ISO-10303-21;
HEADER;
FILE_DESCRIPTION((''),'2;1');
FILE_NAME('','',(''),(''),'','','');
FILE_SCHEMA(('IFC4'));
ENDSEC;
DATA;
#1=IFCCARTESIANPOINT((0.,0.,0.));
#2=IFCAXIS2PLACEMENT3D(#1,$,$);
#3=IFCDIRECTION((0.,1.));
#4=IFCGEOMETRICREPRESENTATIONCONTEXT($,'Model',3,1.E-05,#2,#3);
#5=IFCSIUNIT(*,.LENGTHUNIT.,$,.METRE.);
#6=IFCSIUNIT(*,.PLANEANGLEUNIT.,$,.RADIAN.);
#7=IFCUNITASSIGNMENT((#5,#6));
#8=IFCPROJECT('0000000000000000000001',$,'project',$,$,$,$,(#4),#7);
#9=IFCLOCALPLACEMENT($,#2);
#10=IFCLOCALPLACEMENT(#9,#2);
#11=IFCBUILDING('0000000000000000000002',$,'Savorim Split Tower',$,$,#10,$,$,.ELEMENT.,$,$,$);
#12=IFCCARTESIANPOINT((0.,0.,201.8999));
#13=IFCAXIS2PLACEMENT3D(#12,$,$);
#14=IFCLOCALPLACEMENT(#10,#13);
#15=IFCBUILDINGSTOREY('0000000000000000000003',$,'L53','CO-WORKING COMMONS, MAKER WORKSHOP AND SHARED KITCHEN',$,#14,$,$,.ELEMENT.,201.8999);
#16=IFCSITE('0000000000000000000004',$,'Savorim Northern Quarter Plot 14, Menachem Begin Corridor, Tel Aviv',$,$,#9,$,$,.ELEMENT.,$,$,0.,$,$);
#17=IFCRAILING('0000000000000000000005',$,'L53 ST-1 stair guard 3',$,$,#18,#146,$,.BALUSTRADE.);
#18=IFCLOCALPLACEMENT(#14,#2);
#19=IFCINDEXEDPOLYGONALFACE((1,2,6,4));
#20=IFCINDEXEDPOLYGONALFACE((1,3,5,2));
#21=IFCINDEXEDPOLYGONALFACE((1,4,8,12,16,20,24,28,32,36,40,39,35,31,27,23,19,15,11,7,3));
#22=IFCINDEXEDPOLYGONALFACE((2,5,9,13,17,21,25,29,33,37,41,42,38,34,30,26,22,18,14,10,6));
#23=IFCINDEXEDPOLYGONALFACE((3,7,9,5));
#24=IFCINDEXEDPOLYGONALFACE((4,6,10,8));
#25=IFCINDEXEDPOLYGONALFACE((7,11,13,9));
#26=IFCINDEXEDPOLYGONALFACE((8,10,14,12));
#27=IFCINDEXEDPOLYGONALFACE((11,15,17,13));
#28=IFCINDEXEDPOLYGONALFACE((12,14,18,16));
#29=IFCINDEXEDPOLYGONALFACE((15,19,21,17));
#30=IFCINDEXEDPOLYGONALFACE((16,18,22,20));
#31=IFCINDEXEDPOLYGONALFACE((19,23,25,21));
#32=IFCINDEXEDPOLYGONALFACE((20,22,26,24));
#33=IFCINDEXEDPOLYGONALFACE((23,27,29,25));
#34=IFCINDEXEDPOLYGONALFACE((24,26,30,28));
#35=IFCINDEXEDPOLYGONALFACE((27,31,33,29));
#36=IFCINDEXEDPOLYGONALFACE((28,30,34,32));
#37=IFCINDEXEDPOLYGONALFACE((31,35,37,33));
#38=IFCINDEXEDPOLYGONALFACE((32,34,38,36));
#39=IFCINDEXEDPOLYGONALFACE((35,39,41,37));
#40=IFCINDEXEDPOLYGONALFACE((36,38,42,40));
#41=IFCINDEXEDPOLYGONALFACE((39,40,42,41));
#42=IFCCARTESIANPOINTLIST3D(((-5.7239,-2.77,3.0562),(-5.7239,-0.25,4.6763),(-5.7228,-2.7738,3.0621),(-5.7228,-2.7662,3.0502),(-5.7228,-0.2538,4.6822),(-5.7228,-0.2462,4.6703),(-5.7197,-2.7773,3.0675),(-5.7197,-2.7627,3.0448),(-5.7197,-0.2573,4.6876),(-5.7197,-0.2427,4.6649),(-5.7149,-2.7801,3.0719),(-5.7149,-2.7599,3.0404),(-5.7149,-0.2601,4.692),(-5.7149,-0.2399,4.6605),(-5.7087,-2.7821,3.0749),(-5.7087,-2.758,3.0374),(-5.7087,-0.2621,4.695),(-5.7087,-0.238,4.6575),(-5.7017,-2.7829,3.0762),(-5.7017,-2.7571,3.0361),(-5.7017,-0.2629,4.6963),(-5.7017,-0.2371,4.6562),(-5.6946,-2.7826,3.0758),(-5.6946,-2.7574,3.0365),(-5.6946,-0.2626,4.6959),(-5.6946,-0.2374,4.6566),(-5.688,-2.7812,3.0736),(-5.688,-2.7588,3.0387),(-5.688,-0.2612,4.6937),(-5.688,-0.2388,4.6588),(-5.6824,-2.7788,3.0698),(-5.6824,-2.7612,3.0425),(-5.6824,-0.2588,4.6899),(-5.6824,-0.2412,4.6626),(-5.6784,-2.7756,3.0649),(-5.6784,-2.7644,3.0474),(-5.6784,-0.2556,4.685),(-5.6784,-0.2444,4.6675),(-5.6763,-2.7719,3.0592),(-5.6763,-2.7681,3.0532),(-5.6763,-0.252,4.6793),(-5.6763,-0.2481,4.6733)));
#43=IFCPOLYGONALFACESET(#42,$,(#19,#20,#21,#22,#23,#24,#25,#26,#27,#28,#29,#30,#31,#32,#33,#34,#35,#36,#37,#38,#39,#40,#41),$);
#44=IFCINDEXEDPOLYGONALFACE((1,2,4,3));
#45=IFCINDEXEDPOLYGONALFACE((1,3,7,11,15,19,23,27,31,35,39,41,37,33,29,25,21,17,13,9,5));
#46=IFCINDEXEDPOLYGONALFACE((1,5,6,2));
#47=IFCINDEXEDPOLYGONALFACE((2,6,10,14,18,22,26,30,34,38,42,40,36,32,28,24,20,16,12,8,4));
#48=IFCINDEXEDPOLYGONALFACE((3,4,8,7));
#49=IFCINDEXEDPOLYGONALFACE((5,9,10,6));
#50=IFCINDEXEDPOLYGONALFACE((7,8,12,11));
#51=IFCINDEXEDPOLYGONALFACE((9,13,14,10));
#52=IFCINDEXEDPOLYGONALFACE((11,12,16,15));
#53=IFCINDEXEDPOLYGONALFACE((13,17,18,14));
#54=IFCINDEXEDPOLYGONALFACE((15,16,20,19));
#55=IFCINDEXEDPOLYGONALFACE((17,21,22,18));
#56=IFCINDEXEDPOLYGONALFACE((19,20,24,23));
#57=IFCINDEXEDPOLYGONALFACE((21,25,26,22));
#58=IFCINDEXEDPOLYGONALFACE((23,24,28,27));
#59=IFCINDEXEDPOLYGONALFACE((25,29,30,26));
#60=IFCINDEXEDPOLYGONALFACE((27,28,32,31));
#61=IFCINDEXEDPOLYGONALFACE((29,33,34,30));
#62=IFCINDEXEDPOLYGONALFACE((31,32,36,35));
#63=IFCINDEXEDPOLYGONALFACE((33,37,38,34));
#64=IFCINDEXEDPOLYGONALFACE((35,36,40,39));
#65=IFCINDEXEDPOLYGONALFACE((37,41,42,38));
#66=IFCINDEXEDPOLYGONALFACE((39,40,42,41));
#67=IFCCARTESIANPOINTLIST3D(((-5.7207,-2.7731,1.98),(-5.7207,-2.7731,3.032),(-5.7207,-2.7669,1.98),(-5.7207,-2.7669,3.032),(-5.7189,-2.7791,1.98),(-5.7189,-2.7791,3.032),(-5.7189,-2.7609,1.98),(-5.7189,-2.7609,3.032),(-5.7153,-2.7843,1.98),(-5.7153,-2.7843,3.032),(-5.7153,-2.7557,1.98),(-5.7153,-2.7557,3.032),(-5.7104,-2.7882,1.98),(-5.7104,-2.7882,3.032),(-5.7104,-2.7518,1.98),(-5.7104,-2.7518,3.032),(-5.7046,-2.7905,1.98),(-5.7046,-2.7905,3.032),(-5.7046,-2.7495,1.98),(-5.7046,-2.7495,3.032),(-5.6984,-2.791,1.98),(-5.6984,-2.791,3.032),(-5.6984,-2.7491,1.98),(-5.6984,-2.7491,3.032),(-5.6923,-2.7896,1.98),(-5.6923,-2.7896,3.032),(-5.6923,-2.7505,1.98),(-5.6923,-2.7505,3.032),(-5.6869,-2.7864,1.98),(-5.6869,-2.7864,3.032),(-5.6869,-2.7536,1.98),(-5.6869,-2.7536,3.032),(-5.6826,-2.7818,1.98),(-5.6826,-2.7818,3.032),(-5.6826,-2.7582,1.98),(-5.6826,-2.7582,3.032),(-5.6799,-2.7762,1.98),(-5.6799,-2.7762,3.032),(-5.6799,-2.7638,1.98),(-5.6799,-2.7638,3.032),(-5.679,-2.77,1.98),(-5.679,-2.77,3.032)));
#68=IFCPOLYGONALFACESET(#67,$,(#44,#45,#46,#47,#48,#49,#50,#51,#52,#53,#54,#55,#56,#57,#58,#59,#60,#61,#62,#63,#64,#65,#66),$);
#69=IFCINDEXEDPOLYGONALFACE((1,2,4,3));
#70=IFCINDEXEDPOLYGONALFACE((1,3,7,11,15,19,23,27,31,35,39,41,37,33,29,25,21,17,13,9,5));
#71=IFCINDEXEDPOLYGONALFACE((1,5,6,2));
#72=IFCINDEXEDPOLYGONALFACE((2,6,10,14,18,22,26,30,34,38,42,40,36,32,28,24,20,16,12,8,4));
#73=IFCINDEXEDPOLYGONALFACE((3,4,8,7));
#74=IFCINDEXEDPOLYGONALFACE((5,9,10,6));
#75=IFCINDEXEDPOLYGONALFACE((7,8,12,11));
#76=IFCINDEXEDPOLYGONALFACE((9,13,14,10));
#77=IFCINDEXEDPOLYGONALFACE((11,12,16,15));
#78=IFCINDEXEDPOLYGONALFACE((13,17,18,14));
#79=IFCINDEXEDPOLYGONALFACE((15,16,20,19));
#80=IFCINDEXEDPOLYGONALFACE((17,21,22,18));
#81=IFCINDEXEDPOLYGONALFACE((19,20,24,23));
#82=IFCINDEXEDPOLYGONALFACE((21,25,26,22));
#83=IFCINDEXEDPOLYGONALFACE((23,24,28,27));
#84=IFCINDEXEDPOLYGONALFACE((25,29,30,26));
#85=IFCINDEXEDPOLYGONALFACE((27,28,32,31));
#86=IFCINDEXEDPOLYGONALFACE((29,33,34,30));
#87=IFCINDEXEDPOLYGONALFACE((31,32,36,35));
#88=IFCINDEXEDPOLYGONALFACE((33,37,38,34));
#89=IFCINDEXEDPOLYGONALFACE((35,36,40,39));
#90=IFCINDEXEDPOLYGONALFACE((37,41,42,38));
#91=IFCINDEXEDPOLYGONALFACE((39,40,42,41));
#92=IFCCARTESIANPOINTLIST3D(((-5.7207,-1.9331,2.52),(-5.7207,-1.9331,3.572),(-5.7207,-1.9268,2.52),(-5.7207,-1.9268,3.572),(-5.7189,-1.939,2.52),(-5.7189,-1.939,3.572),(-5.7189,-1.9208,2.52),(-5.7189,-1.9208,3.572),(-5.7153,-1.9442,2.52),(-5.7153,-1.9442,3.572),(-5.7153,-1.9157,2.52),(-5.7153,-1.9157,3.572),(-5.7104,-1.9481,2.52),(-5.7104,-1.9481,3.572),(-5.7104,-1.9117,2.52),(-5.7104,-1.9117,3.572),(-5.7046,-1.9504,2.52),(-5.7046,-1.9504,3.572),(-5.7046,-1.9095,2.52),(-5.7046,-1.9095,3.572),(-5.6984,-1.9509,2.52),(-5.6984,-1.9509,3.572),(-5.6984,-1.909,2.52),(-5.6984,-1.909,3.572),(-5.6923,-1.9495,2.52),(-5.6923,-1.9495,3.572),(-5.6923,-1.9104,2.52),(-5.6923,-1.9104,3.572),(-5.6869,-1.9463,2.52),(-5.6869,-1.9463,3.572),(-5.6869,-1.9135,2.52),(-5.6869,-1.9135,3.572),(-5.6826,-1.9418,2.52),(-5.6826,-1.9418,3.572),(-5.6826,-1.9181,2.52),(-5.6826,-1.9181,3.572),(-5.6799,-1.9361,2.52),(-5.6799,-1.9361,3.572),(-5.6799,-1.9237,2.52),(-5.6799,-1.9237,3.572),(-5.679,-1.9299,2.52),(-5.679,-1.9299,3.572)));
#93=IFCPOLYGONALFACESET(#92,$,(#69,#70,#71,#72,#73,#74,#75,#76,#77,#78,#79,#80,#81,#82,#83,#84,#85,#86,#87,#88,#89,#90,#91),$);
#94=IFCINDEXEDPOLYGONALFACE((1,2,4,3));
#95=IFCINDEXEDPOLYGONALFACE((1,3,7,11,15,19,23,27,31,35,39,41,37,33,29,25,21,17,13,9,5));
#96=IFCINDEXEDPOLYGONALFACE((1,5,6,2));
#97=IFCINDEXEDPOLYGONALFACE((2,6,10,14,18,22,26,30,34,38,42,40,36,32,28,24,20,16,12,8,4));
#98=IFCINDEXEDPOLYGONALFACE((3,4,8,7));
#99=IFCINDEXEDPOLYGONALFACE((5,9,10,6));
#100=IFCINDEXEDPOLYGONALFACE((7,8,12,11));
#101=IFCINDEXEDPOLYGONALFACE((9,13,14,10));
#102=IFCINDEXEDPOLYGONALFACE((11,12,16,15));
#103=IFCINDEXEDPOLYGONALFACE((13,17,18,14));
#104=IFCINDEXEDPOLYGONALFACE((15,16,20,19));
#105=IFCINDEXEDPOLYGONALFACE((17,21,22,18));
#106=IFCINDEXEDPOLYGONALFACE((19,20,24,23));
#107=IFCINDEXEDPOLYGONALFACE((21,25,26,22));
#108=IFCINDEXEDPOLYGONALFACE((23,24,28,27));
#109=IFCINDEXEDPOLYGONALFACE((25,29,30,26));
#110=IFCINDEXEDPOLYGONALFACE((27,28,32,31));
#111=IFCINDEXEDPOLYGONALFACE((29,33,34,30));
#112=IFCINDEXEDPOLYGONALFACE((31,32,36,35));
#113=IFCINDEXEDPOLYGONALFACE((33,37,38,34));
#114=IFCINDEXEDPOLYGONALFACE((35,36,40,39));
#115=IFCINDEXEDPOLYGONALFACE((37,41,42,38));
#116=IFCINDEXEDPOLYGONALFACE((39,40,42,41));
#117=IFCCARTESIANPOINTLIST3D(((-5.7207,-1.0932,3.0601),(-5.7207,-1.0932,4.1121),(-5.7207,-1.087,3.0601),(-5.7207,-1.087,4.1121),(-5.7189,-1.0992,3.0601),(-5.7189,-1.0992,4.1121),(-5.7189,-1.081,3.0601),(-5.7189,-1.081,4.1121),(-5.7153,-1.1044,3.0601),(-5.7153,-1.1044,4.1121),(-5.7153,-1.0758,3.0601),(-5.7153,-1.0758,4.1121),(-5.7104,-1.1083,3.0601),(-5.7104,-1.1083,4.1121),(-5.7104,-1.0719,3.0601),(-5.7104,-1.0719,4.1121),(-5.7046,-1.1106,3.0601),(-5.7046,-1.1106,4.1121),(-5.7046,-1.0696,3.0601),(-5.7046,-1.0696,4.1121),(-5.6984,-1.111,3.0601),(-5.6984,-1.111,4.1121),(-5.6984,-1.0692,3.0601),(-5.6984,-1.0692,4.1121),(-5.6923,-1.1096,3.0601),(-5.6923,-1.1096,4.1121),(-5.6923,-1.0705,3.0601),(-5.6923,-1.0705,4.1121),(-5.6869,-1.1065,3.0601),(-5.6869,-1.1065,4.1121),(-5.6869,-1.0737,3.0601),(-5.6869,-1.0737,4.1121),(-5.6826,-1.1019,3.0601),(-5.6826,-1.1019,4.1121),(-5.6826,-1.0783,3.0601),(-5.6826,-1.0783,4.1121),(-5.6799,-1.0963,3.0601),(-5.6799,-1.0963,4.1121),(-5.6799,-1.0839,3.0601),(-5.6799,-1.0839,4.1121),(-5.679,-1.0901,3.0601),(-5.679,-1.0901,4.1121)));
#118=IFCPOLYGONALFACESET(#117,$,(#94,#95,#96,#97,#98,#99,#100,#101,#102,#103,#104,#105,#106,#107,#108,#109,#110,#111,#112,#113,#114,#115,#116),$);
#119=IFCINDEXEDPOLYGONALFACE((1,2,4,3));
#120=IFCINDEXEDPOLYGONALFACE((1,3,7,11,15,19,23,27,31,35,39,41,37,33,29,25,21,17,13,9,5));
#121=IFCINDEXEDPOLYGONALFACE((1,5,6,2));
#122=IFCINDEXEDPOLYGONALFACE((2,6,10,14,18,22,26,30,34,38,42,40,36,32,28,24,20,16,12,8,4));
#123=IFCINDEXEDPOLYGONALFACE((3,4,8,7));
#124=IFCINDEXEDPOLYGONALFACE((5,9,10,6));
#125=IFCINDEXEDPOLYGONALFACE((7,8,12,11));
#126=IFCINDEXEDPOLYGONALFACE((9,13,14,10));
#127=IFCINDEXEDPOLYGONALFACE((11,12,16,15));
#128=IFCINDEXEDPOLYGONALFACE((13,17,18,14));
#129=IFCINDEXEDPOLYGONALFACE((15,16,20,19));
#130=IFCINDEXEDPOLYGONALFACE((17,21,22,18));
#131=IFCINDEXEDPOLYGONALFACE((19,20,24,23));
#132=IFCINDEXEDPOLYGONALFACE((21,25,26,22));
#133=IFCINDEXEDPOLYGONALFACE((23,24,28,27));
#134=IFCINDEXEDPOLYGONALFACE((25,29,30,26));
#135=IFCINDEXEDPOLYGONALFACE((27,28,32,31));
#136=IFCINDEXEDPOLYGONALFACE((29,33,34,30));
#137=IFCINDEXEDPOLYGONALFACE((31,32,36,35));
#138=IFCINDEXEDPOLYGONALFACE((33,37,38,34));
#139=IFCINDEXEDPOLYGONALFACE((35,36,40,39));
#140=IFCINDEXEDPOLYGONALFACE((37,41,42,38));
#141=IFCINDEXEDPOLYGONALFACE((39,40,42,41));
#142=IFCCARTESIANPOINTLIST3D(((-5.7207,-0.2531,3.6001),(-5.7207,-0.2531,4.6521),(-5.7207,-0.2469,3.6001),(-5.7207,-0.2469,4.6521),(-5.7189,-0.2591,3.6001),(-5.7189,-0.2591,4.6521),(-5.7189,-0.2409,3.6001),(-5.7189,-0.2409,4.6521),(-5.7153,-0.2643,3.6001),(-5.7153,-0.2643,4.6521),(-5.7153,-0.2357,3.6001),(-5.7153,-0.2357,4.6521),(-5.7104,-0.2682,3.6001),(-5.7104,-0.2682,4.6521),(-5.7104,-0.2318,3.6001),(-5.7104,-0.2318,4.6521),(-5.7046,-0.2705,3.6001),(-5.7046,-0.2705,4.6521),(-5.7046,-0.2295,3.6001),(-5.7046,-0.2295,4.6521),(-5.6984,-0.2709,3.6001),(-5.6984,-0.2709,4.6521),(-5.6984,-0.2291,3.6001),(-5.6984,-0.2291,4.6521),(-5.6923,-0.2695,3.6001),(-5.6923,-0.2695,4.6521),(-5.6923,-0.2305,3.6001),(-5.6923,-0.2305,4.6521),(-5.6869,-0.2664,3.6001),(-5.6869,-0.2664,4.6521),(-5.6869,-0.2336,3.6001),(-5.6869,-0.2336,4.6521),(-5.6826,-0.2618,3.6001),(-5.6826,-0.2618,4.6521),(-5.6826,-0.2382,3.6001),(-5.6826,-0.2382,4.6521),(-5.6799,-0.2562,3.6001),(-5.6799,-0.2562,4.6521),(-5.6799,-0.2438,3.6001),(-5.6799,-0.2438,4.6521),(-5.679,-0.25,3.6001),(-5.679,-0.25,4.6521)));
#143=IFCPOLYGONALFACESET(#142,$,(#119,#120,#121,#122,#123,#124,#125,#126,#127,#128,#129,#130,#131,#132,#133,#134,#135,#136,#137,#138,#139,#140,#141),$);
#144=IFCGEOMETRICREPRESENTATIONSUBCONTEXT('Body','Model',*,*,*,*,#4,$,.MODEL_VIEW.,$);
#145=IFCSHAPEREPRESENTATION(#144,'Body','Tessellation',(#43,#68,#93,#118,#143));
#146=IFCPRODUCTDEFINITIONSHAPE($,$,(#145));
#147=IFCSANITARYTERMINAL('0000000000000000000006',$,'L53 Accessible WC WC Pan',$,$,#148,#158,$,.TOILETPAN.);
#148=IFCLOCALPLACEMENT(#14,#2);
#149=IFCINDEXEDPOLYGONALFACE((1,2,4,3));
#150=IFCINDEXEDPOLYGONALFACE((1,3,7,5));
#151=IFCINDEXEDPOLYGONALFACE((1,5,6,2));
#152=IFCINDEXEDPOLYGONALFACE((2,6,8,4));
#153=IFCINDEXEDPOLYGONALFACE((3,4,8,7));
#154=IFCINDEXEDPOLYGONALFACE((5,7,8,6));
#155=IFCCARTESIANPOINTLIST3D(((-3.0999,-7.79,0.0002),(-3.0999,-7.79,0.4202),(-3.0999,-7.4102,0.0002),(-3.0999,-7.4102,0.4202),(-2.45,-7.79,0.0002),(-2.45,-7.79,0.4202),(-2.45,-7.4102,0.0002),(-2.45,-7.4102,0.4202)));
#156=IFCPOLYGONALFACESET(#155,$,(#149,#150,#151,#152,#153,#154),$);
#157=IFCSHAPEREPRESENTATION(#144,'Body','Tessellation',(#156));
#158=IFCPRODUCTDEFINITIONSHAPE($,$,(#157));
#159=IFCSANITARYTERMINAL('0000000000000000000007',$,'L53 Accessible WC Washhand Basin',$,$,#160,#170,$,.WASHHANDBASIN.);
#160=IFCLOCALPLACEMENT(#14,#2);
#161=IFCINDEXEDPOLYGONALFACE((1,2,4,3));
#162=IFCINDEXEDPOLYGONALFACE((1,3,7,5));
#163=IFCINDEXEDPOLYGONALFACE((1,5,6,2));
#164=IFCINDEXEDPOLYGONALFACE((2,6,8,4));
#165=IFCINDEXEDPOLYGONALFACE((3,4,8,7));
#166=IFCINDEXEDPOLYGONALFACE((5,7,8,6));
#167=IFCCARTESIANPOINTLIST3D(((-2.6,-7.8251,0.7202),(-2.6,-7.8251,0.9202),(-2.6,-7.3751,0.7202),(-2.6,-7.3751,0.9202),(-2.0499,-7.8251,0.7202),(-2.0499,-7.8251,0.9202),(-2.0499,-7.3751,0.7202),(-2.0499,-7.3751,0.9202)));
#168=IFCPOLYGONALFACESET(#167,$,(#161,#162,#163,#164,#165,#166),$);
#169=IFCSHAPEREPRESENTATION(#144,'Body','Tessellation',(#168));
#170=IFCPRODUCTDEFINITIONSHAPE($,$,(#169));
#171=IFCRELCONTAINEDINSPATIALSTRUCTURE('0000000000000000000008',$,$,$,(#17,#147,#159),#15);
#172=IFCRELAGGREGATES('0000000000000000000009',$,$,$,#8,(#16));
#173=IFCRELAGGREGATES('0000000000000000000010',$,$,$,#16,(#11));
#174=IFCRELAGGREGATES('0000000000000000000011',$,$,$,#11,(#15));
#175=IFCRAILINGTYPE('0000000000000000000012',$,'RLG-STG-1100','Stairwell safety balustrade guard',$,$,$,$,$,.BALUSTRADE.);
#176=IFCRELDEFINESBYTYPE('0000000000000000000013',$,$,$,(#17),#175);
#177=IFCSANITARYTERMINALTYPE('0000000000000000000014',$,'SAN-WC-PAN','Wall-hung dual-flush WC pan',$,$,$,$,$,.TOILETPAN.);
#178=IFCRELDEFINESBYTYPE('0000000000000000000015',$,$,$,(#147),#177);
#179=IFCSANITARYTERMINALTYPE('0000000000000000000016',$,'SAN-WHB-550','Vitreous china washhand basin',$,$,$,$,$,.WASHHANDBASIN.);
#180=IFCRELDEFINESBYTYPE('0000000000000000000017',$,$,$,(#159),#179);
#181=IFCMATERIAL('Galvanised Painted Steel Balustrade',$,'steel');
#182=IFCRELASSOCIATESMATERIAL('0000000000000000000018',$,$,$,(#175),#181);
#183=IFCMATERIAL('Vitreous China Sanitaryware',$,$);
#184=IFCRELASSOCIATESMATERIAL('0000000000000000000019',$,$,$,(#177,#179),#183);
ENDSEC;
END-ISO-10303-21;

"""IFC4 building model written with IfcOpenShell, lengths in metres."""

from ifc_helpers import new_model, si_unit, direction, frame, origin, origin_2d, place, context, subcontext, project, spatial, rectangle, circle, extrude, material, type_object, element, save


model = new_model("IFC4")

# Units and contexts
model_context = context("Model", 3, precision=1e-05, world=origin(), true_north=direction((0.0, 1.0)))
body_context = subcontext(model_context, "Body", "Model", "MODEL_VIEW")
ifc_project = project(units=[si_unit("LENGTHUNIT", "METRE"), si_unit("PLANEANGLEUNIT", "RADIAN")], contexts=[model_context])

# Site, building, storey
site_placement = place(None, origin())
site = spatial("IfcSite", under=ifc_project, at=site_placement, Name="Savorim Northern Quarter Plot 14, Menachem Begin Corridor, Tel Aviv", CompositionType="ELEMENT", RefElevation=0.0)
building_placement = place(site_placement, origin())
building = spatial("IfcBuilding", under=site, at=building_placement, Name="Savorim Split Tower", CompositionType="ELEMENT")
storey_placement = place(building_placement, frame((0.0, 0.0, 201.8999)))
storey = spatial("IfcBuildingStorey", under=building, at=storey_placement, Name="L53", Description="CO-WORKING COMMONS, MAKER WORKSHOP AND SHARED KITCHEN", CompositionType="ELEMENT", Elevation=201.8999)

# Railing
ifc_material_1 = material(Name="Galvanised Painted Steel Balustrade", Category="steel")
railing_type_1 = type_object("IfcRailingType", Name="RLG-STG-1100", Description="Stairwell safety balustrade guard", PredefinedType="BALUSTRADE", material=ifc_material_1)
railing_1_placement = place(storey_placement, frame((-5.7, -2.77, 1.98)))
element("IfcRailing", 1, at=railing_1_placement, inside=storey, type_object=railing_type_1, Name="L53 ST-1 stair guard 3", PredefinedType="BALUSTRADE", context=body_context, shape_type="SweptSolid", body=[
    extrude(circle(Radius=0.0239, at=origin_2d()), frame((0.0, 0.0, 1.0762), z_axis=(0.0, 0.841163, 0.540782), x_axis=(-1.0, 0.0, 0.0)), (0.0, 0.0, 1.0), 2.9958),
    extrude(circle(Radius=0.021, at=origin_2d()), origin(), (0.0, 0.0, 1.0), 1.052),
    extrude(circle(Radius=0.021, at=origin_2d()), frame((0.0, 0.8401, 0.54)), (0.0, 0.0, 1.0), 1.052),
    extrude(circle(Radius=0.021, at=origin_2d()), frame((0.0, 1.6799, 1.0801)), (0.0, 0.0, 1.0), 1.052),
    extrude(circle(Radius=0.021, at=origin_2d()), frame((0.0, 2.52, 1.6201)), (0.0, 0.0, 1.0), 1.052),
])

# Sanitary terminals
ifc_material_2 = material(Name="Vitreous China Sanitaryware")
sanitary_terminal_type_1 = type_object("IfcSanitaryTerminalType", Name="SAN-WC-PAN", Description="Wall-hung dual-flush WC pan", PredefinedType="TOILETPAN", material=ifc_material_2)
sanitary_terminal_1_placement = place(storey_placement, frame((-2.7749, -7.6001, 0.0002), z_axis=(0.0, 0.0, 1.0), x_axis=(1.0, 0.0, 0.0)))
element("IfcSanitaryTerminal", 2, at=sanitary_terminal_1_placement, inside=storey, type_object=sanitary_terminal_type_1, Name="L53 Accessible WC WC Pan", PredefinedType="TOILETPAN", context=body_context, shape_type="SweptSolid", body=[
    extrude(rectangle(XDim=0.6499, YDim=0.3799, at=origin_2d()), origin(), (0.0, 0.0, 1.0), 0.4199),
])
sanitary_terminal_type_2 = type_object("IfcSanitaryTerminalType", Name="SAN-WHB-550", Description="Vitreous china washhand basin", PredefinedType="WASHHANDBASIN", material=ifc_material_2)
sanitary_terminal_2_placement = place(storey_placement, frame((-2.325, -7.6001, 0.7202), z_axis=(0.0, 0.0, 1.0), x_axis=(1.0, 0.0, 0.0)))
element("IfcSanitaryTerminal", 3, at=sanitary_terminal_2_placement, inside=storey, type_object=sanitary_terminal_type_2, Name="L53 Accessible WC Washhand Basin", PredefinedType="WASHHANDBASIN", context=body_context, shape_type="SweptSolid", body=[
    extrude(rectangle(XDim=0.55, YDim=0.45, at=origin_2d()), origin(), (0.0, 0.0, 1.0), 0.2),
])

save(model, "model.ifc")
